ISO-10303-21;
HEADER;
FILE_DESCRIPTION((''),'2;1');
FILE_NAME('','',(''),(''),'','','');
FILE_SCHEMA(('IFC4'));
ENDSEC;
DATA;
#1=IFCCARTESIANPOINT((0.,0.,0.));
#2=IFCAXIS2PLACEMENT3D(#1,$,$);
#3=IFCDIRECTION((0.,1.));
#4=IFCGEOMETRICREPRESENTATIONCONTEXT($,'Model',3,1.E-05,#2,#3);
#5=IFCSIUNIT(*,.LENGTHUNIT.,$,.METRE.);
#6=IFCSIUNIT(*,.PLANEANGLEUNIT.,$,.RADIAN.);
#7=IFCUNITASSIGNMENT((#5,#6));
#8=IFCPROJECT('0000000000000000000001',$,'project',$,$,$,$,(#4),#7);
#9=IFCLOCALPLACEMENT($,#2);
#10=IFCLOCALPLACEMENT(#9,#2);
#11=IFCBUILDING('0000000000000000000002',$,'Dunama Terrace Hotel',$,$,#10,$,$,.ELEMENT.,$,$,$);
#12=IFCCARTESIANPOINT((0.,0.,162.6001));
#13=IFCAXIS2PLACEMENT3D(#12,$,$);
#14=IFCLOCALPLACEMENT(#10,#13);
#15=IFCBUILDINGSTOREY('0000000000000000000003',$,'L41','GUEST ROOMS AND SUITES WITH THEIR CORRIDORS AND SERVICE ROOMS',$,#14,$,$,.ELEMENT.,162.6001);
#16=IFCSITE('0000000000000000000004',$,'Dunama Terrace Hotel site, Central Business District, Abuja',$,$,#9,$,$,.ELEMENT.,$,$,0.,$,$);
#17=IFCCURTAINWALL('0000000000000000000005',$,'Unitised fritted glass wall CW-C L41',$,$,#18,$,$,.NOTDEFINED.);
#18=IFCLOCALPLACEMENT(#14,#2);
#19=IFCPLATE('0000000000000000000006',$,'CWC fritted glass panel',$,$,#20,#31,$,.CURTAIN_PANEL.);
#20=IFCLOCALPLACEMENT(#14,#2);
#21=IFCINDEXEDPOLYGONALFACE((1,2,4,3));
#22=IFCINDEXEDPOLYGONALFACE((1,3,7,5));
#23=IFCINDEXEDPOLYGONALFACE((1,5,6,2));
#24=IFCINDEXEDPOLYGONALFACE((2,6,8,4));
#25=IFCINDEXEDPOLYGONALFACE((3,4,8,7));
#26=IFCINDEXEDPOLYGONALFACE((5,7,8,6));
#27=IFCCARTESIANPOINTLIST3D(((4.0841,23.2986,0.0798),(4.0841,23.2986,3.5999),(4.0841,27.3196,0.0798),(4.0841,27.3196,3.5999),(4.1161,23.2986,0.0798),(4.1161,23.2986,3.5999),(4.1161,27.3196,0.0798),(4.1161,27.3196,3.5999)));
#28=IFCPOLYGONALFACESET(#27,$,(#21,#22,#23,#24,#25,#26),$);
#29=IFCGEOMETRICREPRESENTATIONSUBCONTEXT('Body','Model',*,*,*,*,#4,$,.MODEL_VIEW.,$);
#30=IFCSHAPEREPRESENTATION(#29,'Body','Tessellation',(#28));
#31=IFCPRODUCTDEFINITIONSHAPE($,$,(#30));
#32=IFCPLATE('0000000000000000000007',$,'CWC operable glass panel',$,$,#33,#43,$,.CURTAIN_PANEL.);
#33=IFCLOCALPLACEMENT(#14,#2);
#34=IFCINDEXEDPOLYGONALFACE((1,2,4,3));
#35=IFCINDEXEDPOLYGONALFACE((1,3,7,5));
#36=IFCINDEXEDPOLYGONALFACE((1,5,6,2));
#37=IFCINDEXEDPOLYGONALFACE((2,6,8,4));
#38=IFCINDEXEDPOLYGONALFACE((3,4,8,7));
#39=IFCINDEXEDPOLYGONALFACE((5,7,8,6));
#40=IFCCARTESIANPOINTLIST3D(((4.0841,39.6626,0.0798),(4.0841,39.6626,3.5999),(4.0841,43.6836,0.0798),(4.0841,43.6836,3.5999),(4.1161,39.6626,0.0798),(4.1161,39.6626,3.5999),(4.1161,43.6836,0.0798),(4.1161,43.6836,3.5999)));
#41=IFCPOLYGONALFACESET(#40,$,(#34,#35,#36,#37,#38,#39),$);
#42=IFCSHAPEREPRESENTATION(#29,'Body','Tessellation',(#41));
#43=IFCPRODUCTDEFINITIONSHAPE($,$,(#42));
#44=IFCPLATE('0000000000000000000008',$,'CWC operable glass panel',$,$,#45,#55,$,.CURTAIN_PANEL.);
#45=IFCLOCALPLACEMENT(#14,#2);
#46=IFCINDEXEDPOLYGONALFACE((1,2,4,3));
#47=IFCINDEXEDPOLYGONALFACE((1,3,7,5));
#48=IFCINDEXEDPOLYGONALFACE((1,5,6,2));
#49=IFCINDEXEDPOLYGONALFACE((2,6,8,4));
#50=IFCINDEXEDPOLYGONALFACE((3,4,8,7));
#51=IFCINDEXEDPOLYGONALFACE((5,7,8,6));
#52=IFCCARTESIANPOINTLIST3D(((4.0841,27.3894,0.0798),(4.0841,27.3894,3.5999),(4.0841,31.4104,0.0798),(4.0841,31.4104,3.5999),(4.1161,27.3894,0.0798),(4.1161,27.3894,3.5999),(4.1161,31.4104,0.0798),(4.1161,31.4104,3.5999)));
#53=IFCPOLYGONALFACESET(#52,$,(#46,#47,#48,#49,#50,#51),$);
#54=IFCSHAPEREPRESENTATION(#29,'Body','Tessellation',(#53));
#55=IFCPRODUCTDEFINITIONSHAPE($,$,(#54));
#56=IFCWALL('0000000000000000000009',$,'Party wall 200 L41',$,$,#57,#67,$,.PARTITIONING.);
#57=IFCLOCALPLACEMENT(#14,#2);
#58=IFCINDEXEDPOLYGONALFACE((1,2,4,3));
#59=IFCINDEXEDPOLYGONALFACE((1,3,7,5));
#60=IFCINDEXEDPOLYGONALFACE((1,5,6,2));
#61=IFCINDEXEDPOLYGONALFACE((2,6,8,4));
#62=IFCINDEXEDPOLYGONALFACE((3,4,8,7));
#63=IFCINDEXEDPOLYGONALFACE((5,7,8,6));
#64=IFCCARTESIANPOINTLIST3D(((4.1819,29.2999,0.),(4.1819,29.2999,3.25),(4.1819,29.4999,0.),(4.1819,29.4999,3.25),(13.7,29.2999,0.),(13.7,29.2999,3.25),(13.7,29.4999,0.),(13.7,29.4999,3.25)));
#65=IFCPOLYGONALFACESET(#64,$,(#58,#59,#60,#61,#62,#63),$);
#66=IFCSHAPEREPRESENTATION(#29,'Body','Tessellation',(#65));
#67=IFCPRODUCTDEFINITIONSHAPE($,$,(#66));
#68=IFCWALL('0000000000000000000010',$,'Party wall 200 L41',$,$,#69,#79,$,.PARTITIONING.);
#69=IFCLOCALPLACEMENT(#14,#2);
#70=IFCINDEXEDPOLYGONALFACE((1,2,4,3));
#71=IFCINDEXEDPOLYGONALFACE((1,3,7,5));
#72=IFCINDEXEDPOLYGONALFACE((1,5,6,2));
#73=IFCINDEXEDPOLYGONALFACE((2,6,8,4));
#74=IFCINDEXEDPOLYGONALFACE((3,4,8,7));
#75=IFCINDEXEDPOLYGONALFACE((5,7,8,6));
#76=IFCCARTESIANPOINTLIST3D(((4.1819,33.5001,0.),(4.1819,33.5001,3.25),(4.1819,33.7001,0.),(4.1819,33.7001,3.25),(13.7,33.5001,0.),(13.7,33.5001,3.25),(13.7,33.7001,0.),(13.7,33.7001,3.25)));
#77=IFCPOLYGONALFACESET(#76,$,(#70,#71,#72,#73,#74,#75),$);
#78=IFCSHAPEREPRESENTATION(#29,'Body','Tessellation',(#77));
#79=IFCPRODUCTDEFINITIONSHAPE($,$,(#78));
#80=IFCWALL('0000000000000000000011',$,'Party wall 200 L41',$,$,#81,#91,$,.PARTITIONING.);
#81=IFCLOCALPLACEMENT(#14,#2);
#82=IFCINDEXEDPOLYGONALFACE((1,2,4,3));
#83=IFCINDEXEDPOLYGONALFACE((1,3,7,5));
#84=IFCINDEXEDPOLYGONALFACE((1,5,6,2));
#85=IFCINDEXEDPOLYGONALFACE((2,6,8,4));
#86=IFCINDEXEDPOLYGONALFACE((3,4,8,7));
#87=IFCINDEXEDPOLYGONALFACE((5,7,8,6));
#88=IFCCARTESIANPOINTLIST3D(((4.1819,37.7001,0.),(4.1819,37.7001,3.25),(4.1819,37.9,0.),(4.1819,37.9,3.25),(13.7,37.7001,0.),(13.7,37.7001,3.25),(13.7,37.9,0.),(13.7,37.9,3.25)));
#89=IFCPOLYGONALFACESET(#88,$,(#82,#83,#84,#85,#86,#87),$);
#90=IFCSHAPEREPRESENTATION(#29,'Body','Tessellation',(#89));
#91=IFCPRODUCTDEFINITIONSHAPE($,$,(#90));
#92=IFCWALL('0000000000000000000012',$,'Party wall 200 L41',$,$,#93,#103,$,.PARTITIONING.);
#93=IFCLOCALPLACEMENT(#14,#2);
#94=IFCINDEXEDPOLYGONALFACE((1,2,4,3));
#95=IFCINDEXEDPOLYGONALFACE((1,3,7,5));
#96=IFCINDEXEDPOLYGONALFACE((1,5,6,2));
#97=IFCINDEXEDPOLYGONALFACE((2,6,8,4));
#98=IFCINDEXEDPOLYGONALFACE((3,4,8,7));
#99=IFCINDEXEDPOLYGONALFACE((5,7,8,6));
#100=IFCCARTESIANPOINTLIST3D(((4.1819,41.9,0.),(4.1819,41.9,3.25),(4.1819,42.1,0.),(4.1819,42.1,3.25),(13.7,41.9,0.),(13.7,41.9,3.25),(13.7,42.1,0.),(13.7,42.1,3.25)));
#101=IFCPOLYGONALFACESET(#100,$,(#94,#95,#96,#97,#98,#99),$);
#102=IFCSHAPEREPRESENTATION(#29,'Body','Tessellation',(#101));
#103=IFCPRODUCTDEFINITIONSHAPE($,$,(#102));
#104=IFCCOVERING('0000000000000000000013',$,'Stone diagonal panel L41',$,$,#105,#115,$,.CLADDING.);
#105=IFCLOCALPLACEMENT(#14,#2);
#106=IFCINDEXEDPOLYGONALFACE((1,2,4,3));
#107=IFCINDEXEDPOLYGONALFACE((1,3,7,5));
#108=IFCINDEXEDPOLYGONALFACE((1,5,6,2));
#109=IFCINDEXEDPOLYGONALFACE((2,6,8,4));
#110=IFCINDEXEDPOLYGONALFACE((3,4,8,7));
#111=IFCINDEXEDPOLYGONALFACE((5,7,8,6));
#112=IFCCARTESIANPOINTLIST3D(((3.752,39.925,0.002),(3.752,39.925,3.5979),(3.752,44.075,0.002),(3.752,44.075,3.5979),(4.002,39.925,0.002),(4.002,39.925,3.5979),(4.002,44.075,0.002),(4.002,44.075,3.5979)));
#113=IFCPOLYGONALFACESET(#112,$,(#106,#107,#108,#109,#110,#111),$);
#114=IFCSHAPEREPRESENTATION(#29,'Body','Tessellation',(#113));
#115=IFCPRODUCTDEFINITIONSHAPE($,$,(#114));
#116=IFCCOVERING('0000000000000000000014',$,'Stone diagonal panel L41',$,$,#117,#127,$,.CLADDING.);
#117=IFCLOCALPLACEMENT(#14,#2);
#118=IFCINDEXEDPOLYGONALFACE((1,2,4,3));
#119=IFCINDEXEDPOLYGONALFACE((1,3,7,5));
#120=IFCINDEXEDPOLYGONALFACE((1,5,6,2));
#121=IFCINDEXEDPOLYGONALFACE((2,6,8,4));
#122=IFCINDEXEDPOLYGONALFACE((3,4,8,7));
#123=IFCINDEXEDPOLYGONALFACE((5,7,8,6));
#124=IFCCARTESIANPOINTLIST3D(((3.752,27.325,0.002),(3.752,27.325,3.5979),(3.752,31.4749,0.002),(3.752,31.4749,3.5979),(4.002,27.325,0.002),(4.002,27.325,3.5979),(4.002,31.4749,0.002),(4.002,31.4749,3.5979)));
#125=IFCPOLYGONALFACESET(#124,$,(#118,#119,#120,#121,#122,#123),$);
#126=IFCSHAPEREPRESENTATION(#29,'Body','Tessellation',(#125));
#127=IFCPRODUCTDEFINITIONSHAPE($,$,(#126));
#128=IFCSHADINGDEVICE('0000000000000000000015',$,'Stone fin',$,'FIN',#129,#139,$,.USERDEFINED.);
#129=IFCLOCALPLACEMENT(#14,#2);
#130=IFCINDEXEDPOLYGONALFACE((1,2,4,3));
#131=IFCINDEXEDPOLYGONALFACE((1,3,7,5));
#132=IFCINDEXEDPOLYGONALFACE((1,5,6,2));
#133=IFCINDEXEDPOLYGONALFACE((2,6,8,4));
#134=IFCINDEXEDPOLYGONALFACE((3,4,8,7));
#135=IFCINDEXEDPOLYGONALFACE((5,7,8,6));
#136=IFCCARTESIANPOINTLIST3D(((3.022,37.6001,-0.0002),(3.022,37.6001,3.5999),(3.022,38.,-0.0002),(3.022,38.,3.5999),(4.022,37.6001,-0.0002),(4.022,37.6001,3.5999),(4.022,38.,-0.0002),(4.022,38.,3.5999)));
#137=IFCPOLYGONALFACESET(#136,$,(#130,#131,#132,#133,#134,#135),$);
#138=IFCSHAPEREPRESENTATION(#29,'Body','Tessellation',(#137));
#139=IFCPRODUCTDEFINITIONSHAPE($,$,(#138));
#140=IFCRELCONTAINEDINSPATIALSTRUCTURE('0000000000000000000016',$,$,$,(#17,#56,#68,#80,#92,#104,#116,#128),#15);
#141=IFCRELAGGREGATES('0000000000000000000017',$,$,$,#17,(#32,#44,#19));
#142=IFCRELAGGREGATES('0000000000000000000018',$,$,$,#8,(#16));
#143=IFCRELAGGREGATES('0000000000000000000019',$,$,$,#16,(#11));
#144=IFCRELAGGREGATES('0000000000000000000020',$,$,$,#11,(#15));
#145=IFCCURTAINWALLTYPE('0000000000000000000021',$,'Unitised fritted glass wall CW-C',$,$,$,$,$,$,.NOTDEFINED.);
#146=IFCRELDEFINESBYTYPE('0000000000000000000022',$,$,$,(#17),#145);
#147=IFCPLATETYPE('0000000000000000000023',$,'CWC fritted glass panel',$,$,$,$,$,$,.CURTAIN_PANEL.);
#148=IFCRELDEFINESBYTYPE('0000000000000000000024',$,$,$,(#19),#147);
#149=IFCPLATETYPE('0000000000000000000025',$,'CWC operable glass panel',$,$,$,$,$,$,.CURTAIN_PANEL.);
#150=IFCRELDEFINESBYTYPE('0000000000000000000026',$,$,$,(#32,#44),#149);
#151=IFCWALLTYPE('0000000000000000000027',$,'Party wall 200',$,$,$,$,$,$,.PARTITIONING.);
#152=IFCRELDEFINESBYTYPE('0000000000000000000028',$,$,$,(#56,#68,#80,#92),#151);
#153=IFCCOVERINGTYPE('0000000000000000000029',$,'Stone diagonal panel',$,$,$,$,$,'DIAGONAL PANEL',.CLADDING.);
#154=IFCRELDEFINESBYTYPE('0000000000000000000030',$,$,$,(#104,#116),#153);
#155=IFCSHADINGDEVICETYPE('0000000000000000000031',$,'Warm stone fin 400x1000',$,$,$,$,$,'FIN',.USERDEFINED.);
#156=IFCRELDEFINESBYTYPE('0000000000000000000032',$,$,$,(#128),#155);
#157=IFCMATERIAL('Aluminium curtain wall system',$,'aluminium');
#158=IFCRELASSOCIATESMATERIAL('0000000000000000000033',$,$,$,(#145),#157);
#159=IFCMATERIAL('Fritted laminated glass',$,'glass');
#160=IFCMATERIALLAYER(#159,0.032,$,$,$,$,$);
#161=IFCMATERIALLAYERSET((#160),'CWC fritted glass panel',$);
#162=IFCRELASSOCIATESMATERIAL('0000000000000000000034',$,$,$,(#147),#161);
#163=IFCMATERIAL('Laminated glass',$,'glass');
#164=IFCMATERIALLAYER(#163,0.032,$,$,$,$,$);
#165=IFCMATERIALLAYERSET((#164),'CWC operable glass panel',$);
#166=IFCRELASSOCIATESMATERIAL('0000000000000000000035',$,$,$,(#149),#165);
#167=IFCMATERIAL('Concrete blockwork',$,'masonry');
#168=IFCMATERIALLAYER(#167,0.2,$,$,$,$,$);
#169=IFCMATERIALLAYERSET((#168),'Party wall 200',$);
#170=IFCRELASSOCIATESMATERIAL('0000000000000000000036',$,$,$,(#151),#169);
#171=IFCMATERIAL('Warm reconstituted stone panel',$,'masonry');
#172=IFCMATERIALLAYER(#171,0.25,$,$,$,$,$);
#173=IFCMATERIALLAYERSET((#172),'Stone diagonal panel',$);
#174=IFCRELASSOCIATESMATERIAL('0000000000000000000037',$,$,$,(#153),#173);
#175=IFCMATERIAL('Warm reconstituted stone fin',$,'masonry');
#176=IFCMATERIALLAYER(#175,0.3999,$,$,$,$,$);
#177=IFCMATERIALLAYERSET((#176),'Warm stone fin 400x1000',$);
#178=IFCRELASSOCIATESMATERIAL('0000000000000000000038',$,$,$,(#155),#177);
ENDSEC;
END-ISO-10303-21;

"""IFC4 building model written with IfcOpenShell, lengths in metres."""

from ifc_helpers import new_model, si_unit, direction, frame, frame_2d, origin, origin_2d, place, context, subcontext, project, spatial, rectangle, extrude, material, layer, layer_set, type_object, element, aggregate, save


model = new_model("IFC4")

# Units and contexts
model_context = context("Model", 3, precision=1e-05, world=origin(), true_north=direction((0.0, 1.0)))
body_context = subcontext(model_context, "Body", "Model", "MODEL_VIEW")
ifc_project = project(units=[si_unit("LENGTHUNIT", "METRE"), si_unit("PLANEANGLEUNIT", "RADIAN")], contexts=[model_context])

# Site, building, storey
site_placement = place(None, origin())
site = spatial("IfcSite", under=ifc_project, at=site_placement, Name="Dunama Terrace Hotel site, Central Business District, Abuja", CompositionType="ELEMENT", RefElevation=0.0)
building_placement = place(site_placement, origin())
building = spatial("IfcBuilding", under=site, at=building_placement, Name="Dunama Terrace Hotel", CompositionType="ELEMENT")
storey_placement = place(building_placement, frame((0.0, 0.0, 162.6001)))
storey = spatial("IfcBuildingStorey", under=building, at=storey_placement, Name="L41", Description="GUEST ROOMS AND SUITES WITH THEIR CORRIDORS AND SERVICE ROOMS", CompositionType="ELEMENT", Elevation=162.6001)

# Curtain wall
ifc_material_1 = material(Name="Aluminium curtain wall system", Category="aluminium")
curtain_wall_type = type_object("IfcCurtainWallType", Name="Unitised fritted glass wall CW-C", PredefinedType="NOTDEFINED", material=ifc_material_1)
curtain_wall_placement = place(storey_placement, origin())
curtain_wall = element("IfcCurtainWall", 1, at=curtain_wall_placement, inside=storey, type_object=curtain_wall_type, Name="Unitised fritted glass wall CW-C L41", PredefinedType="NOTDEFINED")

# Plates
ifc_material_2 = material(Name="Fritted laminated glass", Category="glass")
ifc_layer_1 = layer(ifc_material_2, 0.032)
ifc_layer_set_1 = layer_set([ifc_layer_1], Name="CWC fritted glass panel")
plate_type_1 = type_object("IfcPlateType", Name="CWC fritted glass panel", PredefinedType="CURTAIN_PANEL", material=ifc_layer_set_1)
plate_1_placement = place(storey_placement, frame((4.1001, 25.3091, 0.0798), z_axis=(0.0, 0.0, 1.0), x_axis=(0.0, -1.0, 0.0)))
plate_1 = element("IfcPlate", 2, at=plate_1_placement, type_object=plate_type_1, Name="CWC fritted glass panel", PredefinedType="CURTAIN_PANEL", context=body_context, shape_type="SweptSolid", body=[
    extrude(rectangle(XDim=4.021, YDim=0.032, at=origin_2d()), origin(), (0.0, 0.0, 1.0), 3.52),
])
ifc_material_3 = material(Name="Laminated glass", Category="glass")
ifc_layer_2 = layer(ifc_material_3, 0.032)
ifc_layer_set_2 = layer_set([ifc_layer_2], Name="CWC operable glass panel")
plate_type_2 = type_object("IfcPlateType", Name="CWC operable glass panel", PredefinedType="CURTAIN_PANEL", material=ifc_layer_set_2)
plate_2_placement = place(storey_placement, frame((4.1001, 41.6731, 0.0798), z_axis=(0.0, 0.0, 1.0), x_axis=(0.0, -1.0, 0.0)))
plate_2 = element("IfcPlate", 3, at=plate_2_placement, type_object=plate_type_2, Name="CWC operable glass panel", PredefinedType="CURTAIN_PANEL", context=body_context, shape_type="SweptSolid", body=[
    extrude(rectangle(XDim=4.021, YDim=0.032, at=origin_2d()), origin(), (0.0, 0.0, 1.0), 3.52),
])
plate_3_placement = place(storey_placement, frame((4.1001, 29.3999, 0.0798), z_axis=(0.0, 0.0, 1.0), x_axis=(0.0, -1.0, 0.0)))
plate_3 = element("IfcPlate", 4, at=plate_3_placement, type_object=plate_type_2, Name="CWC operable glass panel", PredefinedType="CURTAIN_PANEL", context=body_context, shape_type="SweptSolid", body=[
    extrude(rectangle(XDim=4.021, YDim=0.032, at=origin_2d()), origin(), (0.0, 0.0, 1.0), 3.52),
])
aggregate(curtain_wall, [plate_2, plate_3, plate_1])

# Walls
ifc_material_4 = material(Name="Concrete blockwork", Category="masonry")
ifc_layer_3 = layer(ifc_material_4, 0.2)
ifc_layer_set_3 = layer_set([ifc_layer_3], Name="Party wall 200")
wall_type = type_object("IfcWallType", Name="Party wall 200", PredefinedType="PARTITIONING", material=ifc_layer_set_3)
for number, where, z_axis, x_axis, name in (
    (5, (4.1819, 29.3999, 0.0), (0.0, 0.0, 1.0), (1.0, 0.0, 0.0), "Party wall 200 L41"),
    (6, (4.1819, 33.6001, 0.0), (0.0, 0.0, 1.0), (1.0, 0.0, 0.0), "Party wall 200 L41"),
    (7, (4.1819, 37.8, 0.0), (0.0, 0.0, 1.0), (1.0, 0.0, 0.0), "Party wall 200 L41"),
    (8, (4.1819, 42.0, 0.0), (0.0, 0.0, 1.0), (1.0, 0.0, 0.0), "Party wall 200 L41"),
):
    element("IfcWall", number, at=place(storey_placement, frame(where, z_axis=z_axis, x_axis=x_axis)), inside=storey, type_object=wall_type, Name=name, PredefinedType="PARTITIONING", context=body_context, shape_type="SweptSolid", body=[
        extrude(rectangle(XDim=9.5181, YDim=0.2, at=frame_2d((4.759, 0.0))), origin(), (0.0, 0.0, 1.0), 3.25),
    ])

# Coverings
ifc_material_5 = material(Name="Warm reconstituted stone panel", Category="masonry")
ifc_layer_4 = layer(ifc_material_5, 0.25)
ifc_layer_set_4 = layer_set([ifc_layer_4], Name="Stone diagonal panel")
covering_type = type_object("IfcCoveringType", Name="Stone diagonal panel", ElementType="DIAGONAL PANEL", PredefinedType="CLADDING", material=ifc_layer_set_4)
for number, where, z_axis, x_axis, name in (
    (9, (3.877, 42.0, 0.002), (0.0, 0.0, 1.0), (0.0, -1.0, 0.0), "Stone diagonal panel L41"),
    (10, (3.877, 29.3999, 0.002), (0.0, 0.0, 1.0), (0.0, -1.0, 0.0), "Stone diagonal panel L41"),
):
    element("IfcCovering", number, at=place(storey_placement, frame(where, z_axis=z_axis, x_axis=x_axis)), inside=storey, type_object=covering_type, Name=name, PredefinedType="CLADDING", context=body_context, shape_type="SweptSolid", body=[
        extrude(rectangle(XDim=4.1499, YDim=0.25, at=origin_2d()), origin(), (0.0, 0.0, 1.0), 3.5959),
    ])

# Shading device
ifc_material_6 = material(Name="Warm reconstituted stone fin", Category="masonry")
ifc_layer_5 = layer(ifc_material_6, 0.3999)
ifc_layer_set_5 = layer_set([ifc_layer_5], Name="Warm stone fin 400x1000")
shading_device_type = type_object("IfcShadingDeviceType", Name="Warm stone fin 400x1000", ElementType="FIN", PredefinedType="USERDEFINED", material=ifc_layer_set_5)
shading_device_placement = place(storey_placement, frame((3.522, 37.8, -0.0002), z_axis=(0.0, 0.0, 1.0), x_axis=(0.0, -1.0, 0.0)))
element("IfcShadingDevice", 11, at=shading_device_placement, inside=storey, type_object=shading_device_type, Name="Stone fin", ObjectType="FIN", PredefinedType="USERDEFINED", context=body_context, shape_type="SweptSolid", body=[
    extrude(rectangle(XDim=0.3999, YDim=1.0, at=origin_2d()), origin(), (0.0, 0.0, 1.0), 3.6001),
])

save(model, "model.ifc")
